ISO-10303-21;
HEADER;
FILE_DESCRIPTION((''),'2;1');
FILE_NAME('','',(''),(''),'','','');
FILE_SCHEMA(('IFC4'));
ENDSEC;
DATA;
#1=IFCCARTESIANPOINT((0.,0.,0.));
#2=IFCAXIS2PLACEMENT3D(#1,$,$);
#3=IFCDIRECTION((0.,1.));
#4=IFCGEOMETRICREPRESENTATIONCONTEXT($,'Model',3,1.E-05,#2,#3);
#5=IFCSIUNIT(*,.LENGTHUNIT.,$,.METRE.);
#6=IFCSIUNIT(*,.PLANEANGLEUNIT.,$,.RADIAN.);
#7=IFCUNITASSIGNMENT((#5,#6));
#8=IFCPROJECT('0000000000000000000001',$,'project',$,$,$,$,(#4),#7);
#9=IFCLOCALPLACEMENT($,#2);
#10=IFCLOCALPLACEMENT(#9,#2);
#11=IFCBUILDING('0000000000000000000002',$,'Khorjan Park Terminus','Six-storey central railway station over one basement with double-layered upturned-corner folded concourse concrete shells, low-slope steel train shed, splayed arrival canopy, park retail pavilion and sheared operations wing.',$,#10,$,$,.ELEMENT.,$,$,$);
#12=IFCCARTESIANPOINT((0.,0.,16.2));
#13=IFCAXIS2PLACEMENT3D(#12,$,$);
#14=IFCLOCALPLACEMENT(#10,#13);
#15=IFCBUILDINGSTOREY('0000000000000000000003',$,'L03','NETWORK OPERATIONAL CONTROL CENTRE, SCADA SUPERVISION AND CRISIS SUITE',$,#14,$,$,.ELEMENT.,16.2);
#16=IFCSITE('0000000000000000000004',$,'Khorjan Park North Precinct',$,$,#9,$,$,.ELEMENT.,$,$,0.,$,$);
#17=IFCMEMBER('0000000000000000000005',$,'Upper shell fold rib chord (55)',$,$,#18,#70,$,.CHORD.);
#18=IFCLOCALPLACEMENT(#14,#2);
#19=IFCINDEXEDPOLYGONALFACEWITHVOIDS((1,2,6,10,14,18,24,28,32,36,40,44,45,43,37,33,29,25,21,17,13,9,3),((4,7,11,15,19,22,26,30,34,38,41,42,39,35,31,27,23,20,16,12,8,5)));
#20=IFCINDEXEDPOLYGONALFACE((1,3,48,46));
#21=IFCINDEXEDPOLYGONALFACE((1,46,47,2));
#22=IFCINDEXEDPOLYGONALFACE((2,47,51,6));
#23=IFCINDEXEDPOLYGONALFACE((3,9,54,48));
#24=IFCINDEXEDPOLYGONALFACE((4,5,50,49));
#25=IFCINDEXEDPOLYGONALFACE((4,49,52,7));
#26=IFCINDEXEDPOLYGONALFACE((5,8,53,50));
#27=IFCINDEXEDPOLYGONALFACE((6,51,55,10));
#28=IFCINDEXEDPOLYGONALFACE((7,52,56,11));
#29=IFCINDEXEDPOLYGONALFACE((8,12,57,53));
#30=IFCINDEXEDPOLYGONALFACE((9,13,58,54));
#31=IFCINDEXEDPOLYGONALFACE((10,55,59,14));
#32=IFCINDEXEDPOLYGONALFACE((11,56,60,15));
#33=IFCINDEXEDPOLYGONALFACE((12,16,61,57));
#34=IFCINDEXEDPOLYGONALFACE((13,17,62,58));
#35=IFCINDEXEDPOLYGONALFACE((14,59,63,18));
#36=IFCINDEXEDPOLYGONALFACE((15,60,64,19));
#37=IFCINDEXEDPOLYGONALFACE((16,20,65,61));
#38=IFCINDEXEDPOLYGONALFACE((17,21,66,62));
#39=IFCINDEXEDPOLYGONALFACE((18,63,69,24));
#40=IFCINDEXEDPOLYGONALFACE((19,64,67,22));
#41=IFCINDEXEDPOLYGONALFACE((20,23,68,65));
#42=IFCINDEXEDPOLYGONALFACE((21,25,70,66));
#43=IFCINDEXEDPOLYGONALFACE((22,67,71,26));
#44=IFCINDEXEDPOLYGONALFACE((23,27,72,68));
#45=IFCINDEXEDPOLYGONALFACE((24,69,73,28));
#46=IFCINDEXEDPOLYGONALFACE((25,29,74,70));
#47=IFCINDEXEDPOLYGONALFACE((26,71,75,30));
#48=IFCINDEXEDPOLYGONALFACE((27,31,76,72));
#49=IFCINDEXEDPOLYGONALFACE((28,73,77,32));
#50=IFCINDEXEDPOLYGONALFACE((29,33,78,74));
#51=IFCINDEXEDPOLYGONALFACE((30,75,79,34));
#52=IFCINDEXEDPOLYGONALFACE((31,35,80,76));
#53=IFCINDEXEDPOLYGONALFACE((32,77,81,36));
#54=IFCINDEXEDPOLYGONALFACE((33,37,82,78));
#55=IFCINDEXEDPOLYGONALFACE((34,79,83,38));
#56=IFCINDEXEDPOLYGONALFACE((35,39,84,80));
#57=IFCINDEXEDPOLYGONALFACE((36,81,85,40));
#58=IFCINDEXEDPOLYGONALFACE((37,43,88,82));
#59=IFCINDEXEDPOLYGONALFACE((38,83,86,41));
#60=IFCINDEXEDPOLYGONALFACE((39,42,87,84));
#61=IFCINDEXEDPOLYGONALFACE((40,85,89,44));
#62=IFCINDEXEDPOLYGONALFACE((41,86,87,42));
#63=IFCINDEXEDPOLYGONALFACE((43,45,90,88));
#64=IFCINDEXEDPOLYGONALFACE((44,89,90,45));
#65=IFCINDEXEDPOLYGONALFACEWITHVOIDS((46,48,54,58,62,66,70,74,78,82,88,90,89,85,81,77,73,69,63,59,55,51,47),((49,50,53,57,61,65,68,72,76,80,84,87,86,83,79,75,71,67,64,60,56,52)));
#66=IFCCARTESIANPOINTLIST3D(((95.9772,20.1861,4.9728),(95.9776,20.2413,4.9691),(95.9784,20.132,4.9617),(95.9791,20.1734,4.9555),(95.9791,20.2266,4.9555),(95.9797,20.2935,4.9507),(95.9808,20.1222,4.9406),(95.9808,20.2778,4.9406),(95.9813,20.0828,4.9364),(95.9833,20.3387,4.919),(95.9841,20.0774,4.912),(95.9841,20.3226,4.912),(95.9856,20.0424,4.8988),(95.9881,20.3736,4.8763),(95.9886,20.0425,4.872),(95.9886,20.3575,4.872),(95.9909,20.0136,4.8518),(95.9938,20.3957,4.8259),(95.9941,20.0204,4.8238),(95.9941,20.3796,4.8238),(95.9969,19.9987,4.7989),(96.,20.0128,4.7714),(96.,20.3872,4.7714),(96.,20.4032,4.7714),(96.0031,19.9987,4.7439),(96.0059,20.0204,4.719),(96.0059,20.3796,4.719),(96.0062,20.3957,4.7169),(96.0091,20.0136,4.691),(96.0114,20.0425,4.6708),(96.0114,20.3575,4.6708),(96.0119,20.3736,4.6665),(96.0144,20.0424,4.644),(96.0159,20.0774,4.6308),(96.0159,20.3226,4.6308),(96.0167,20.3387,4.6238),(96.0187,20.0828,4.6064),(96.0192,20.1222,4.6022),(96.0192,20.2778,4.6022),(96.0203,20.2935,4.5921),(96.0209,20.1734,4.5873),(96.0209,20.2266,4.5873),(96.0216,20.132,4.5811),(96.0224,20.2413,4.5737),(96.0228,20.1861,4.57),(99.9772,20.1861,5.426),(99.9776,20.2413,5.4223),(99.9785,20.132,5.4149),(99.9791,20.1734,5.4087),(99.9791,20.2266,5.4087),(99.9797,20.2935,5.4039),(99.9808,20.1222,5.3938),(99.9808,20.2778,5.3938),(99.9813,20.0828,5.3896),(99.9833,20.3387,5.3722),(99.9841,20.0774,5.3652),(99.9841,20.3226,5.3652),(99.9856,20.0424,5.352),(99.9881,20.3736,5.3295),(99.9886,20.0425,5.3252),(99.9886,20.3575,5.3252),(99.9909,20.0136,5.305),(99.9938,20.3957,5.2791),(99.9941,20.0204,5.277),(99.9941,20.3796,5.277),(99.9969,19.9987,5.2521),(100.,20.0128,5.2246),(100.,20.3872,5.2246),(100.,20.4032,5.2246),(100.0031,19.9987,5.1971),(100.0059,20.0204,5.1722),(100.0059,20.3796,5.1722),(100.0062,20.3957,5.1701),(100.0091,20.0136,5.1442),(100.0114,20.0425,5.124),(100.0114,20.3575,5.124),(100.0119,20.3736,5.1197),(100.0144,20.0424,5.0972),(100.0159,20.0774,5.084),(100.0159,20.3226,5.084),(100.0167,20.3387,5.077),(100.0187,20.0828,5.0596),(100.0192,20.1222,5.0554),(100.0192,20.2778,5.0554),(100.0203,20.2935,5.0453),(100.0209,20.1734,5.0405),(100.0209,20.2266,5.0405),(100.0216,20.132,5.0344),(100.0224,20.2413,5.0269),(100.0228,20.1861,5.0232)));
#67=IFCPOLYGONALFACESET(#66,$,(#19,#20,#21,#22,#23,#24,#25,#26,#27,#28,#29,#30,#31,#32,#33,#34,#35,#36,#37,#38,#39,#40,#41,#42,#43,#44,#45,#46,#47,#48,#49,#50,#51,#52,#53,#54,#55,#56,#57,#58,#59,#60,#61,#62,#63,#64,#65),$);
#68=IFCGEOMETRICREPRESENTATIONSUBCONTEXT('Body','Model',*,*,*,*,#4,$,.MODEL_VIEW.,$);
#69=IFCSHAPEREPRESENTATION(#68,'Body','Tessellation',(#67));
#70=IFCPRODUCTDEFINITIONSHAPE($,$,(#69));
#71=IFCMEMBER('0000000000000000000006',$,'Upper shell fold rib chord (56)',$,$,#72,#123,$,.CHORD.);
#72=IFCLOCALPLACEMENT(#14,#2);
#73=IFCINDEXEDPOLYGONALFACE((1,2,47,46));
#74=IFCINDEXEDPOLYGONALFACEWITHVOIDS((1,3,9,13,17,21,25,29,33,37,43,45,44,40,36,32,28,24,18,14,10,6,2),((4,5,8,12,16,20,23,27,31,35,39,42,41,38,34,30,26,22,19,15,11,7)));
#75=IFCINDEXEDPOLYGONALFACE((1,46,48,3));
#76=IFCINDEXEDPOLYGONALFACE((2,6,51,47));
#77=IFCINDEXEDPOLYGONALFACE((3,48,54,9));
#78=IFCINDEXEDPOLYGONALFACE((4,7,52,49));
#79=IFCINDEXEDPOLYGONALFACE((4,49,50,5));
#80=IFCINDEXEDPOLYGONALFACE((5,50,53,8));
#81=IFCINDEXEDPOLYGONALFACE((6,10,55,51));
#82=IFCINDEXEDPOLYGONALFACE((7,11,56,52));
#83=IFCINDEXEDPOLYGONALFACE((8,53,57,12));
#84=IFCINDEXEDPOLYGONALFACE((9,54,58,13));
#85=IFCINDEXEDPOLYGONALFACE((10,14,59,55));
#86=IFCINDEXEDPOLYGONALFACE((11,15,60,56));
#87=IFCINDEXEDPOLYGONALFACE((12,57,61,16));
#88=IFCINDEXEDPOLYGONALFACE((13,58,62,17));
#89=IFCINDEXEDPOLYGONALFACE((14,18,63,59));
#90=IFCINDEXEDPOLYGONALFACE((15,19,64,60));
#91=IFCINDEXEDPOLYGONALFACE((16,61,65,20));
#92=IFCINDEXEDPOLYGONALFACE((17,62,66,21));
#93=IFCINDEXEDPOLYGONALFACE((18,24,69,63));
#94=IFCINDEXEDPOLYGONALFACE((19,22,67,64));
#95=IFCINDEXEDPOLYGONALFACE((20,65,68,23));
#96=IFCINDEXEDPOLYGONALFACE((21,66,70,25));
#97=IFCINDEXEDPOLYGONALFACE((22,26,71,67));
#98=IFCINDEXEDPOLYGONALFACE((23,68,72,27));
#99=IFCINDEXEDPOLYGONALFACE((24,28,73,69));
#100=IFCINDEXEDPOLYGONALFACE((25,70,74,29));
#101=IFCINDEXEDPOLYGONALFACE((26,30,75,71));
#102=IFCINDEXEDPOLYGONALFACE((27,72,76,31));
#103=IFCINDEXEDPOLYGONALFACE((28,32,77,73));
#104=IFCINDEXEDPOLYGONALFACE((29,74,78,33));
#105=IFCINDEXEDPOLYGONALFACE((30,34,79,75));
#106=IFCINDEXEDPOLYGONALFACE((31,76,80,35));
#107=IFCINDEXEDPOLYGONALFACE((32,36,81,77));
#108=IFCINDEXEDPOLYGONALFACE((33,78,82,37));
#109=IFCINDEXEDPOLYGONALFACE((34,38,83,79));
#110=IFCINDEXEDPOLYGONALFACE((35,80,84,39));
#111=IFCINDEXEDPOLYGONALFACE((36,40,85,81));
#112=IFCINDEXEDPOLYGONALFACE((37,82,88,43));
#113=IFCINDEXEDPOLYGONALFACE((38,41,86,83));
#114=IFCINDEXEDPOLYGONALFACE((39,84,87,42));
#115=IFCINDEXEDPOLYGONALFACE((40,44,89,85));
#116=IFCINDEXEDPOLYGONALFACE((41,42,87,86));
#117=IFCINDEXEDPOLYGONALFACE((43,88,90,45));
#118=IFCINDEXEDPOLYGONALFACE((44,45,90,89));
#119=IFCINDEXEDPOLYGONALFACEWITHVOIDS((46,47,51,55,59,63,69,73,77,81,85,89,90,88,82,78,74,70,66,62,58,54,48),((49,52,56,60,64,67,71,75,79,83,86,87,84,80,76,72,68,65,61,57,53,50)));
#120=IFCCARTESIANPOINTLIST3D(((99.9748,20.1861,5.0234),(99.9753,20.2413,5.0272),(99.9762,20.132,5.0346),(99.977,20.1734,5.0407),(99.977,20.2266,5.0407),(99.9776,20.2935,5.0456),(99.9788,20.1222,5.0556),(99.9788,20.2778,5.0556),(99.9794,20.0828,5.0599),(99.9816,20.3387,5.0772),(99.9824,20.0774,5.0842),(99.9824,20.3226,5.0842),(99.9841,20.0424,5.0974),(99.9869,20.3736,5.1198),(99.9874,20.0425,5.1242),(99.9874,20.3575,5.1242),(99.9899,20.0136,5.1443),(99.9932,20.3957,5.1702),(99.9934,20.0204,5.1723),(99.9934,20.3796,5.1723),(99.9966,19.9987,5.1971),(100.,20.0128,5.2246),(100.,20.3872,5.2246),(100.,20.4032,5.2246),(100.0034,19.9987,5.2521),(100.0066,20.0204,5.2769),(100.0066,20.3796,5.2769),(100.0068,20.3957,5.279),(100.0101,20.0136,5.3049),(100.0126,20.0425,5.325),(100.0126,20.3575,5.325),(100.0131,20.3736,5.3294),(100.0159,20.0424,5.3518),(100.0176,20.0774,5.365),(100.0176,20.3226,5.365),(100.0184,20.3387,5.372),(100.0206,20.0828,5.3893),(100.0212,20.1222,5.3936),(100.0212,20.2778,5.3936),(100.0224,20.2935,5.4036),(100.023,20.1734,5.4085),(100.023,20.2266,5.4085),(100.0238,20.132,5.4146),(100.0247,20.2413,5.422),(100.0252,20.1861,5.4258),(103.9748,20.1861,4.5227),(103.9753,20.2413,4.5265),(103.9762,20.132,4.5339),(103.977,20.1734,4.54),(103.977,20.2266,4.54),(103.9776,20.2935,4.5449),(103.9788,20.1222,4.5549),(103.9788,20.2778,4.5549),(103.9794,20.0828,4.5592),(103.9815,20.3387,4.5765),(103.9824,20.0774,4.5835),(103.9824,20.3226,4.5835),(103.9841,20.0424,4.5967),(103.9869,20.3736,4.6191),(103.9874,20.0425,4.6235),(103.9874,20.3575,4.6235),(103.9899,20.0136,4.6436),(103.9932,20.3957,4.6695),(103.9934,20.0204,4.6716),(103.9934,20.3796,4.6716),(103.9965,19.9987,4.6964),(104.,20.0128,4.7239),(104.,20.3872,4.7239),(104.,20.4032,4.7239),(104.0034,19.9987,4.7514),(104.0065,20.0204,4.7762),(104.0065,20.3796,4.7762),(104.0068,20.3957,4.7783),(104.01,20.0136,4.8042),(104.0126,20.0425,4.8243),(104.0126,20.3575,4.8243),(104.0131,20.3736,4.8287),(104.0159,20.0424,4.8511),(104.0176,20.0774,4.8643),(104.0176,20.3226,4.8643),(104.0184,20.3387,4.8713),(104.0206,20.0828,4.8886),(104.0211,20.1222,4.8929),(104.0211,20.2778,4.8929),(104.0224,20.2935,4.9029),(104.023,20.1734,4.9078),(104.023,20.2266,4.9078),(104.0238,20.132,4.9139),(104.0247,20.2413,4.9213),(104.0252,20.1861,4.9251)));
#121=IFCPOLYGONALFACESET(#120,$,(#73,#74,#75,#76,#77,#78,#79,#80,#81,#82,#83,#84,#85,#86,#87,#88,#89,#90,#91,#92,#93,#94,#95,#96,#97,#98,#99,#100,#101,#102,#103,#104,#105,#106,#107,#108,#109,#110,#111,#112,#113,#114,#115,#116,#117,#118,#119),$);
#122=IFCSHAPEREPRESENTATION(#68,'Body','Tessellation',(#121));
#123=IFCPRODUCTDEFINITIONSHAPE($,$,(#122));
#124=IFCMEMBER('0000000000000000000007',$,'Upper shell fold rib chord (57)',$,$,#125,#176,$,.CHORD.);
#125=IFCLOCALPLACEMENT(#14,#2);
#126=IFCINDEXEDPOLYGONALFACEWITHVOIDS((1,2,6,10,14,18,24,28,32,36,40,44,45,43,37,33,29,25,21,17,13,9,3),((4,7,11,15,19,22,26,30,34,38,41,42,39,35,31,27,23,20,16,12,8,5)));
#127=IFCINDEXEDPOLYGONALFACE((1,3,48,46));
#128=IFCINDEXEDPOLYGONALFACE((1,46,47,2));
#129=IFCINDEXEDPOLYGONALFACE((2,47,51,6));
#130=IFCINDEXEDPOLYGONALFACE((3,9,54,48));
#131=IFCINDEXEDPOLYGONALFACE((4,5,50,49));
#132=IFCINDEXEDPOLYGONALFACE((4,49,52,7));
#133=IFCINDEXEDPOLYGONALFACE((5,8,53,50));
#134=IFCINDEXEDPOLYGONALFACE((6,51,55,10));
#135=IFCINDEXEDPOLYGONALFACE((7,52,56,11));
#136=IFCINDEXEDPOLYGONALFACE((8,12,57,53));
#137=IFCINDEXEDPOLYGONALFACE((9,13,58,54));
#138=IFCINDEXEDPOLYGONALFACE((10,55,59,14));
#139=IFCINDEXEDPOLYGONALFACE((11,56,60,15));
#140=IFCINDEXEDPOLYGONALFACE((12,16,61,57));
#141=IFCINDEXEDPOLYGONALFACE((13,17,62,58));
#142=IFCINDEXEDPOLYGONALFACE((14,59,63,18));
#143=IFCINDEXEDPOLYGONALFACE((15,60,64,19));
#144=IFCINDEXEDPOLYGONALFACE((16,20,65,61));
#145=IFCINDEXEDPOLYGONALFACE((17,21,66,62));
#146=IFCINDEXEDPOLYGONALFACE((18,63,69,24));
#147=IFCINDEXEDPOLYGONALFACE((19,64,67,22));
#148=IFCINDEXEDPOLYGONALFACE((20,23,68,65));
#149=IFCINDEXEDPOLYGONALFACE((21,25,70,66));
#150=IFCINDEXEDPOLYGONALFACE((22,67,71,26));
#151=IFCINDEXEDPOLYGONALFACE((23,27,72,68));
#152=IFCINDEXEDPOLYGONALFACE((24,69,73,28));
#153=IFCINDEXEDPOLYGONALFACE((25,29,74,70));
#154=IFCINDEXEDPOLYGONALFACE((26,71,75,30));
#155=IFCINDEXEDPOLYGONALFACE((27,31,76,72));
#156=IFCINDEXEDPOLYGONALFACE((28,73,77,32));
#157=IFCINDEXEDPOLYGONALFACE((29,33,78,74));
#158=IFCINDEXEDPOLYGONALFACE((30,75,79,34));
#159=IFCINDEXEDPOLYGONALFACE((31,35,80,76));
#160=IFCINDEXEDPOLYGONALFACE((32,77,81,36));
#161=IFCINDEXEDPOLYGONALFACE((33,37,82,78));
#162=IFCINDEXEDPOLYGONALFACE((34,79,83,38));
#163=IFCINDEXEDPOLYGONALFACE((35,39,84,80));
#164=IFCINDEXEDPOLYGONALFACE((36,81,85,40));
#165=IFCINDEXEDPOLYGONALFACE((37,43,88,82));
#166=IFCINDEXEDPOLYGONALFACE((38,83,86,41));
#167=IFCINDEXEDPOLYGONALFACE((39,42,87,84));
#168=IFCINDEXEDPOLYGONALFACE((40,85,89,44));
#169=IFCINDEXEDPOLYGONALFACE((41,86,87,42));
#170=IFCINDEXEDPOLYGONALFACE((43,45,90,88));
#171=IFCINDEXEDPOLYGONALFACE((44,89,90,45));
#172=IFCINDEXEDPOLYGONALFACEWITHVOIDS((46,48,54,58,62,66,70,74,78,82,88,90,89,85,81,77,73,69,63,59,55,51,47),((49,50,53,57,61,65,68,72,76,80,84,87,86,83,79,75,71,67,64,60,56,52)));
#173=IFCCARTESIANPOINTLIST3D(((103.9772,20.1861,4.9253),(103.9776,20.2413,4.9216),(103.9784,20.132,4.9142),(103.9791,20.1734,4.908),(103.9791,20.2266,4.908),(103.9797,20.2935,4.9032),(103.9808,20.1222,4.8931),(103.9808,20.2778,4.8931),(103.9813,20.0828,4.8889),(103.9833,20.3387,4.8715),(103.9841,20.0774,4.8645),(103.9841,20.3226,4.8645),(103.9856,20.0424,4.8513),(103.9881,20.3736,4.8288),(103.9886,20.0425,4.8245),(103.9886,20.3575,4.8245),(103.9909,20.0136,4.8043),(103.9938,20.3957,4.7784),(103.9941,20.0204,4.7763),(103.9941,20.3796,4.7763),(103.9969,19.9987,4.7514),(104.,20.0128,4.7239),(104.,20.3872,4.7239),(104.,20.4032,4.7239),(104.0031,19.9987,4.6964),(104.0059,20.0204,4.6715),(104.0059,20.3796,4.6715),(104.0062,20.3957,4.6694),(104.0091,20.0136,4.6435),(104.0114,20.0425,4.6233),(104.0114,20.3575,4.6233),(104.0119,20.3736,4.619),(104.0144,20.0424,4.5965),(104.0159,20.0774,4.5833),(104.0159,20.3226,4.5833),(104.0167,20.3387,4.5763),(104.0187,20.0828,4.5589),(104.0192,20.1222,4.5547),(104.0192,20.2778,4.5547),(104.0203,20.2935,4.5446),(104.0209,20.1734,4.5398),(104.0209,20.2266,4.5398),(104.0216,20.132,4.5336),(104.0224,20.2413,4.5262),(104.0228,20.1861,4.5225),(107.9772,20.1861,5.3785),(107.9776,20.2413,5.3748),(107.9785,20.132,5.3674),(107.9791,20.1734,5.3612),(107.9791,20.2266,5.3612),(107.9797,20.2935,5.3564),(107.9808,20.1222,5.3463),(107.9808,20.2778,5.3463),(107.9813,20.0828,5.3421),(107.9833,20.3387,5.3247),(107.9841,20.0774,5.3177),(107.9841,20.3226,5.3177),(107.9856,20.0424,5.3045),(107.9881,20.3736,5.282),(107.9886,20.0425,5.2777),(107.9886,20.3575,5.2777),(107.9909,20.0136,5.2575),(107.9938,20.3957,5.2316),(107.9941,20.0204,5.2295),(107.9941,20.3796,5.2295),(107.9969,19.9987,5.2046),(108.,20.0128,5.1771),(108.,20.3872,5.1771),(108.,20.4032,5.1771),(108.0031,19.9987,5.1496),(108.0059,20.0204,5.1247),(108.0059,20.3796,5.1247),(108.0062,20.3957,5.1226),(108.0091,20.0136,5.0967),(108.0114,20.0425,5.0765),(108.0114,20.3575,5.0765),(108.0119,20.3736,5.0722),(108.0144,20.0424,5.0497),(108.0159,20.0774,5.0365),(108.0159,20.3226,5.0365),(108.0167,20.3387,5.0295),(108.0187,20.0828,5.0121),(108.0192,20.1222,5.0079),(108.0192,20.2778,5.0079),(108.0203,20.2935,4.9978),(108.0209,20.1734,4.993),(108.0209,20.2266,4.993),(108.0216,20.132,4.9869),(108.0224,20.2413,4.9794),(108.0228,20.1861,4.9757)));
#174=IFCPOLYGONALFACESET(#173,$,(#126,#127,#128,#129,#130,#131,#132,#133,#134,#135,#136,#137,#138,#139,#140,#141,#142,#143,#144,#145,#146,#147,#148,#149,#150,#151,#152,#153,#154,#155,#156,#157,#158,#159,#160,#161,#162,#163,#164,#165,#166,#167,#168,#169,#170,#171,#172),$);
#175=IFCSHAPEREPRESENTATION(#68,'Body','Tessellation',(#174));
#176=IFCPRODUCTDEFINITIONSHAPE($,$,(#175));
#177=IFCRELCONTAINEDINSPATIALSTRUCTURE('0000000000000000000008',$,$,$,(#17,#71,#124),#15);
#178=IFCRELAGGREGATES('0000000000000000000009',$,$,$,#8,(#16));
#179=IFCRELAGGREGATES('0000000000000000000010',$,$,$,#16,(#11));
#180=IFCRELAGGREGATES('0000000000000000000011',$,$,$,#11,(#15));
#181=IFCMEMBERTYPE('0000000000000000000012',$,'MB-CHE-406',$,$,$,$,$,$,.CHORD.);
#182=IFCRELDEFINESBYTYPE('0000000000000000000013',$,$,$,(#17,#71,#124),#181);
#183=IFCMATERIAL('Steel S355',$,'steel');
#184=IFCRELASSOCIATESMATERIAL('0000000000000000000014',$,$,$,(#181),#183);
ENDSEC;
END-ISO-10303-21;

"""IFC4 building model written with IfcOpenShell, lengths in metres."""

from ifc_helpers import new_model, si_unit, direction, frame, origin, origin_2d, place, context, subcontext, project, spatial, hollow_circle, extrude, material, material_profile, profile_set, type_object, element, save


model = new_model("IFC4")

# Units and contexts
model_context = context("Model", 3, precision=1e-05, world=origin(), true_north=direction((0.0, 1.0)))
body_context = subcontext(model_context, "Body", "Model", "MODEL_VIEW")
ifc_project = project(units=[si_unit("LENGTHUNIT", "METRE"), si_unit("PLANEANGLEUNIT", "RADIAN")], contexts=[model_context])

# Site, building, storey
site_placement = place(None, origin())
site = spatial("IfcSite", under=ifc_project, at=site_placement, Name="Khorjan Park North Precinct", CompositionType="ELEMENT", RefElevation=0.0)
building_placement = place(site_placement, origin())
building = spatial("IfcBuilding", under=site, at=building_placement, Name="Khorjan Park Terminus", Description="Six-storey central railway station over one basement with double-layered upturned-corner folded concourse concrete shells, low-slope steel train shed, splayed arrival canopy, park retail pavilion and sheared operations wing.", CompositionType="ELEMENT")
storey_placement = place(building_placement, frame((0.0, 0.0, 16.2)))
storey = spatial("IfcBuildingStorey", under=building, at=storey_placement, Name="L03", Description="NETWORK OPERATIONAL CONTROL CENTRE, SCADA SUPERVISION AND CRISIS SUITE", CompositionType="ELEMENT", Elevation=16.2)

# Members
ifc_material_1 = material(Name="Steel S355", Category="steel")
ifc_material_profile_1 = material_profile(ifc_material_1, hollow_circle(Radius=0.2032, WallThickness=0.016, at=origin_2d()), Name="CHS 406.4x16")
ifc_profile_set_1 = profile_set([ifc_material_profile_1], Name="Steel S355")
member_type_1 = type_object("IfcMemberType", Name="MB-CHE-406", PredefinedType="CHORD", material=ifc_profile_set_1)
member_1_placement = place(storey_placement, frame((96.0, 20.2, 4.7714), z_axis=(0.993643, 0.0, 0.11258), x_axis=(0.0, 1.0, 0.0)))
element("IfcMember", 1, at=member_1_placement, inside=storey, type_object=member_type_1, Name="Upper shell fold rib chord (55)", PredefinedType="CHORD", context=body_context, shape_type="SweptSolid", body=[
    extrude(hollow_circle(Radius=0.2032, WallThickness=0.016, at=origin_2d()), origin(), (0.0, 0.0, 1.0), 4.0256),
])
member_2_placement = place(storey_placement, frame((100.0, 20.2, 5.2246), z_axis=(0.992256, 0.0, -0.124206), x_axis=(0.0, 1.0, 0.0)))
element("IfcMember", 2, at=member_2_placement, inside=storey, type_object=member_type_1, Name="Upper shell fold rib chord (56)", PredefinedType="CHORD", context=body_context, shape_type="SweptSolid", body=[
    extrude(hollow_circle(Radius=0.2032, WallThickness=0.016, at=origin_2d()), origin(), (0.0, 0.0, 1.0), 4.0312),
])
member_3_placement = place(storey_placement, frame((104.0, 20.2, 4.7239), z_axis=(0.993643, 0.0, 0.11258), x_axis=(0.0, 1.0, 0.0)))
element("IfcMember", 3, at=member_3_placement, inside=storey, type_object=member_type_1, Name="Upper shell fold rib chord (57)", PredefinedType="CHORD", context=body_context, shape_type="SweptSolid", body=[
    extrude(hollow_circle(Radius=0.2032, WallThickness=0.016, at=origin_2d()), origin(), (0.0, 0.0, 1.0), 4.0256),
])

save(model, "model.ifc")
